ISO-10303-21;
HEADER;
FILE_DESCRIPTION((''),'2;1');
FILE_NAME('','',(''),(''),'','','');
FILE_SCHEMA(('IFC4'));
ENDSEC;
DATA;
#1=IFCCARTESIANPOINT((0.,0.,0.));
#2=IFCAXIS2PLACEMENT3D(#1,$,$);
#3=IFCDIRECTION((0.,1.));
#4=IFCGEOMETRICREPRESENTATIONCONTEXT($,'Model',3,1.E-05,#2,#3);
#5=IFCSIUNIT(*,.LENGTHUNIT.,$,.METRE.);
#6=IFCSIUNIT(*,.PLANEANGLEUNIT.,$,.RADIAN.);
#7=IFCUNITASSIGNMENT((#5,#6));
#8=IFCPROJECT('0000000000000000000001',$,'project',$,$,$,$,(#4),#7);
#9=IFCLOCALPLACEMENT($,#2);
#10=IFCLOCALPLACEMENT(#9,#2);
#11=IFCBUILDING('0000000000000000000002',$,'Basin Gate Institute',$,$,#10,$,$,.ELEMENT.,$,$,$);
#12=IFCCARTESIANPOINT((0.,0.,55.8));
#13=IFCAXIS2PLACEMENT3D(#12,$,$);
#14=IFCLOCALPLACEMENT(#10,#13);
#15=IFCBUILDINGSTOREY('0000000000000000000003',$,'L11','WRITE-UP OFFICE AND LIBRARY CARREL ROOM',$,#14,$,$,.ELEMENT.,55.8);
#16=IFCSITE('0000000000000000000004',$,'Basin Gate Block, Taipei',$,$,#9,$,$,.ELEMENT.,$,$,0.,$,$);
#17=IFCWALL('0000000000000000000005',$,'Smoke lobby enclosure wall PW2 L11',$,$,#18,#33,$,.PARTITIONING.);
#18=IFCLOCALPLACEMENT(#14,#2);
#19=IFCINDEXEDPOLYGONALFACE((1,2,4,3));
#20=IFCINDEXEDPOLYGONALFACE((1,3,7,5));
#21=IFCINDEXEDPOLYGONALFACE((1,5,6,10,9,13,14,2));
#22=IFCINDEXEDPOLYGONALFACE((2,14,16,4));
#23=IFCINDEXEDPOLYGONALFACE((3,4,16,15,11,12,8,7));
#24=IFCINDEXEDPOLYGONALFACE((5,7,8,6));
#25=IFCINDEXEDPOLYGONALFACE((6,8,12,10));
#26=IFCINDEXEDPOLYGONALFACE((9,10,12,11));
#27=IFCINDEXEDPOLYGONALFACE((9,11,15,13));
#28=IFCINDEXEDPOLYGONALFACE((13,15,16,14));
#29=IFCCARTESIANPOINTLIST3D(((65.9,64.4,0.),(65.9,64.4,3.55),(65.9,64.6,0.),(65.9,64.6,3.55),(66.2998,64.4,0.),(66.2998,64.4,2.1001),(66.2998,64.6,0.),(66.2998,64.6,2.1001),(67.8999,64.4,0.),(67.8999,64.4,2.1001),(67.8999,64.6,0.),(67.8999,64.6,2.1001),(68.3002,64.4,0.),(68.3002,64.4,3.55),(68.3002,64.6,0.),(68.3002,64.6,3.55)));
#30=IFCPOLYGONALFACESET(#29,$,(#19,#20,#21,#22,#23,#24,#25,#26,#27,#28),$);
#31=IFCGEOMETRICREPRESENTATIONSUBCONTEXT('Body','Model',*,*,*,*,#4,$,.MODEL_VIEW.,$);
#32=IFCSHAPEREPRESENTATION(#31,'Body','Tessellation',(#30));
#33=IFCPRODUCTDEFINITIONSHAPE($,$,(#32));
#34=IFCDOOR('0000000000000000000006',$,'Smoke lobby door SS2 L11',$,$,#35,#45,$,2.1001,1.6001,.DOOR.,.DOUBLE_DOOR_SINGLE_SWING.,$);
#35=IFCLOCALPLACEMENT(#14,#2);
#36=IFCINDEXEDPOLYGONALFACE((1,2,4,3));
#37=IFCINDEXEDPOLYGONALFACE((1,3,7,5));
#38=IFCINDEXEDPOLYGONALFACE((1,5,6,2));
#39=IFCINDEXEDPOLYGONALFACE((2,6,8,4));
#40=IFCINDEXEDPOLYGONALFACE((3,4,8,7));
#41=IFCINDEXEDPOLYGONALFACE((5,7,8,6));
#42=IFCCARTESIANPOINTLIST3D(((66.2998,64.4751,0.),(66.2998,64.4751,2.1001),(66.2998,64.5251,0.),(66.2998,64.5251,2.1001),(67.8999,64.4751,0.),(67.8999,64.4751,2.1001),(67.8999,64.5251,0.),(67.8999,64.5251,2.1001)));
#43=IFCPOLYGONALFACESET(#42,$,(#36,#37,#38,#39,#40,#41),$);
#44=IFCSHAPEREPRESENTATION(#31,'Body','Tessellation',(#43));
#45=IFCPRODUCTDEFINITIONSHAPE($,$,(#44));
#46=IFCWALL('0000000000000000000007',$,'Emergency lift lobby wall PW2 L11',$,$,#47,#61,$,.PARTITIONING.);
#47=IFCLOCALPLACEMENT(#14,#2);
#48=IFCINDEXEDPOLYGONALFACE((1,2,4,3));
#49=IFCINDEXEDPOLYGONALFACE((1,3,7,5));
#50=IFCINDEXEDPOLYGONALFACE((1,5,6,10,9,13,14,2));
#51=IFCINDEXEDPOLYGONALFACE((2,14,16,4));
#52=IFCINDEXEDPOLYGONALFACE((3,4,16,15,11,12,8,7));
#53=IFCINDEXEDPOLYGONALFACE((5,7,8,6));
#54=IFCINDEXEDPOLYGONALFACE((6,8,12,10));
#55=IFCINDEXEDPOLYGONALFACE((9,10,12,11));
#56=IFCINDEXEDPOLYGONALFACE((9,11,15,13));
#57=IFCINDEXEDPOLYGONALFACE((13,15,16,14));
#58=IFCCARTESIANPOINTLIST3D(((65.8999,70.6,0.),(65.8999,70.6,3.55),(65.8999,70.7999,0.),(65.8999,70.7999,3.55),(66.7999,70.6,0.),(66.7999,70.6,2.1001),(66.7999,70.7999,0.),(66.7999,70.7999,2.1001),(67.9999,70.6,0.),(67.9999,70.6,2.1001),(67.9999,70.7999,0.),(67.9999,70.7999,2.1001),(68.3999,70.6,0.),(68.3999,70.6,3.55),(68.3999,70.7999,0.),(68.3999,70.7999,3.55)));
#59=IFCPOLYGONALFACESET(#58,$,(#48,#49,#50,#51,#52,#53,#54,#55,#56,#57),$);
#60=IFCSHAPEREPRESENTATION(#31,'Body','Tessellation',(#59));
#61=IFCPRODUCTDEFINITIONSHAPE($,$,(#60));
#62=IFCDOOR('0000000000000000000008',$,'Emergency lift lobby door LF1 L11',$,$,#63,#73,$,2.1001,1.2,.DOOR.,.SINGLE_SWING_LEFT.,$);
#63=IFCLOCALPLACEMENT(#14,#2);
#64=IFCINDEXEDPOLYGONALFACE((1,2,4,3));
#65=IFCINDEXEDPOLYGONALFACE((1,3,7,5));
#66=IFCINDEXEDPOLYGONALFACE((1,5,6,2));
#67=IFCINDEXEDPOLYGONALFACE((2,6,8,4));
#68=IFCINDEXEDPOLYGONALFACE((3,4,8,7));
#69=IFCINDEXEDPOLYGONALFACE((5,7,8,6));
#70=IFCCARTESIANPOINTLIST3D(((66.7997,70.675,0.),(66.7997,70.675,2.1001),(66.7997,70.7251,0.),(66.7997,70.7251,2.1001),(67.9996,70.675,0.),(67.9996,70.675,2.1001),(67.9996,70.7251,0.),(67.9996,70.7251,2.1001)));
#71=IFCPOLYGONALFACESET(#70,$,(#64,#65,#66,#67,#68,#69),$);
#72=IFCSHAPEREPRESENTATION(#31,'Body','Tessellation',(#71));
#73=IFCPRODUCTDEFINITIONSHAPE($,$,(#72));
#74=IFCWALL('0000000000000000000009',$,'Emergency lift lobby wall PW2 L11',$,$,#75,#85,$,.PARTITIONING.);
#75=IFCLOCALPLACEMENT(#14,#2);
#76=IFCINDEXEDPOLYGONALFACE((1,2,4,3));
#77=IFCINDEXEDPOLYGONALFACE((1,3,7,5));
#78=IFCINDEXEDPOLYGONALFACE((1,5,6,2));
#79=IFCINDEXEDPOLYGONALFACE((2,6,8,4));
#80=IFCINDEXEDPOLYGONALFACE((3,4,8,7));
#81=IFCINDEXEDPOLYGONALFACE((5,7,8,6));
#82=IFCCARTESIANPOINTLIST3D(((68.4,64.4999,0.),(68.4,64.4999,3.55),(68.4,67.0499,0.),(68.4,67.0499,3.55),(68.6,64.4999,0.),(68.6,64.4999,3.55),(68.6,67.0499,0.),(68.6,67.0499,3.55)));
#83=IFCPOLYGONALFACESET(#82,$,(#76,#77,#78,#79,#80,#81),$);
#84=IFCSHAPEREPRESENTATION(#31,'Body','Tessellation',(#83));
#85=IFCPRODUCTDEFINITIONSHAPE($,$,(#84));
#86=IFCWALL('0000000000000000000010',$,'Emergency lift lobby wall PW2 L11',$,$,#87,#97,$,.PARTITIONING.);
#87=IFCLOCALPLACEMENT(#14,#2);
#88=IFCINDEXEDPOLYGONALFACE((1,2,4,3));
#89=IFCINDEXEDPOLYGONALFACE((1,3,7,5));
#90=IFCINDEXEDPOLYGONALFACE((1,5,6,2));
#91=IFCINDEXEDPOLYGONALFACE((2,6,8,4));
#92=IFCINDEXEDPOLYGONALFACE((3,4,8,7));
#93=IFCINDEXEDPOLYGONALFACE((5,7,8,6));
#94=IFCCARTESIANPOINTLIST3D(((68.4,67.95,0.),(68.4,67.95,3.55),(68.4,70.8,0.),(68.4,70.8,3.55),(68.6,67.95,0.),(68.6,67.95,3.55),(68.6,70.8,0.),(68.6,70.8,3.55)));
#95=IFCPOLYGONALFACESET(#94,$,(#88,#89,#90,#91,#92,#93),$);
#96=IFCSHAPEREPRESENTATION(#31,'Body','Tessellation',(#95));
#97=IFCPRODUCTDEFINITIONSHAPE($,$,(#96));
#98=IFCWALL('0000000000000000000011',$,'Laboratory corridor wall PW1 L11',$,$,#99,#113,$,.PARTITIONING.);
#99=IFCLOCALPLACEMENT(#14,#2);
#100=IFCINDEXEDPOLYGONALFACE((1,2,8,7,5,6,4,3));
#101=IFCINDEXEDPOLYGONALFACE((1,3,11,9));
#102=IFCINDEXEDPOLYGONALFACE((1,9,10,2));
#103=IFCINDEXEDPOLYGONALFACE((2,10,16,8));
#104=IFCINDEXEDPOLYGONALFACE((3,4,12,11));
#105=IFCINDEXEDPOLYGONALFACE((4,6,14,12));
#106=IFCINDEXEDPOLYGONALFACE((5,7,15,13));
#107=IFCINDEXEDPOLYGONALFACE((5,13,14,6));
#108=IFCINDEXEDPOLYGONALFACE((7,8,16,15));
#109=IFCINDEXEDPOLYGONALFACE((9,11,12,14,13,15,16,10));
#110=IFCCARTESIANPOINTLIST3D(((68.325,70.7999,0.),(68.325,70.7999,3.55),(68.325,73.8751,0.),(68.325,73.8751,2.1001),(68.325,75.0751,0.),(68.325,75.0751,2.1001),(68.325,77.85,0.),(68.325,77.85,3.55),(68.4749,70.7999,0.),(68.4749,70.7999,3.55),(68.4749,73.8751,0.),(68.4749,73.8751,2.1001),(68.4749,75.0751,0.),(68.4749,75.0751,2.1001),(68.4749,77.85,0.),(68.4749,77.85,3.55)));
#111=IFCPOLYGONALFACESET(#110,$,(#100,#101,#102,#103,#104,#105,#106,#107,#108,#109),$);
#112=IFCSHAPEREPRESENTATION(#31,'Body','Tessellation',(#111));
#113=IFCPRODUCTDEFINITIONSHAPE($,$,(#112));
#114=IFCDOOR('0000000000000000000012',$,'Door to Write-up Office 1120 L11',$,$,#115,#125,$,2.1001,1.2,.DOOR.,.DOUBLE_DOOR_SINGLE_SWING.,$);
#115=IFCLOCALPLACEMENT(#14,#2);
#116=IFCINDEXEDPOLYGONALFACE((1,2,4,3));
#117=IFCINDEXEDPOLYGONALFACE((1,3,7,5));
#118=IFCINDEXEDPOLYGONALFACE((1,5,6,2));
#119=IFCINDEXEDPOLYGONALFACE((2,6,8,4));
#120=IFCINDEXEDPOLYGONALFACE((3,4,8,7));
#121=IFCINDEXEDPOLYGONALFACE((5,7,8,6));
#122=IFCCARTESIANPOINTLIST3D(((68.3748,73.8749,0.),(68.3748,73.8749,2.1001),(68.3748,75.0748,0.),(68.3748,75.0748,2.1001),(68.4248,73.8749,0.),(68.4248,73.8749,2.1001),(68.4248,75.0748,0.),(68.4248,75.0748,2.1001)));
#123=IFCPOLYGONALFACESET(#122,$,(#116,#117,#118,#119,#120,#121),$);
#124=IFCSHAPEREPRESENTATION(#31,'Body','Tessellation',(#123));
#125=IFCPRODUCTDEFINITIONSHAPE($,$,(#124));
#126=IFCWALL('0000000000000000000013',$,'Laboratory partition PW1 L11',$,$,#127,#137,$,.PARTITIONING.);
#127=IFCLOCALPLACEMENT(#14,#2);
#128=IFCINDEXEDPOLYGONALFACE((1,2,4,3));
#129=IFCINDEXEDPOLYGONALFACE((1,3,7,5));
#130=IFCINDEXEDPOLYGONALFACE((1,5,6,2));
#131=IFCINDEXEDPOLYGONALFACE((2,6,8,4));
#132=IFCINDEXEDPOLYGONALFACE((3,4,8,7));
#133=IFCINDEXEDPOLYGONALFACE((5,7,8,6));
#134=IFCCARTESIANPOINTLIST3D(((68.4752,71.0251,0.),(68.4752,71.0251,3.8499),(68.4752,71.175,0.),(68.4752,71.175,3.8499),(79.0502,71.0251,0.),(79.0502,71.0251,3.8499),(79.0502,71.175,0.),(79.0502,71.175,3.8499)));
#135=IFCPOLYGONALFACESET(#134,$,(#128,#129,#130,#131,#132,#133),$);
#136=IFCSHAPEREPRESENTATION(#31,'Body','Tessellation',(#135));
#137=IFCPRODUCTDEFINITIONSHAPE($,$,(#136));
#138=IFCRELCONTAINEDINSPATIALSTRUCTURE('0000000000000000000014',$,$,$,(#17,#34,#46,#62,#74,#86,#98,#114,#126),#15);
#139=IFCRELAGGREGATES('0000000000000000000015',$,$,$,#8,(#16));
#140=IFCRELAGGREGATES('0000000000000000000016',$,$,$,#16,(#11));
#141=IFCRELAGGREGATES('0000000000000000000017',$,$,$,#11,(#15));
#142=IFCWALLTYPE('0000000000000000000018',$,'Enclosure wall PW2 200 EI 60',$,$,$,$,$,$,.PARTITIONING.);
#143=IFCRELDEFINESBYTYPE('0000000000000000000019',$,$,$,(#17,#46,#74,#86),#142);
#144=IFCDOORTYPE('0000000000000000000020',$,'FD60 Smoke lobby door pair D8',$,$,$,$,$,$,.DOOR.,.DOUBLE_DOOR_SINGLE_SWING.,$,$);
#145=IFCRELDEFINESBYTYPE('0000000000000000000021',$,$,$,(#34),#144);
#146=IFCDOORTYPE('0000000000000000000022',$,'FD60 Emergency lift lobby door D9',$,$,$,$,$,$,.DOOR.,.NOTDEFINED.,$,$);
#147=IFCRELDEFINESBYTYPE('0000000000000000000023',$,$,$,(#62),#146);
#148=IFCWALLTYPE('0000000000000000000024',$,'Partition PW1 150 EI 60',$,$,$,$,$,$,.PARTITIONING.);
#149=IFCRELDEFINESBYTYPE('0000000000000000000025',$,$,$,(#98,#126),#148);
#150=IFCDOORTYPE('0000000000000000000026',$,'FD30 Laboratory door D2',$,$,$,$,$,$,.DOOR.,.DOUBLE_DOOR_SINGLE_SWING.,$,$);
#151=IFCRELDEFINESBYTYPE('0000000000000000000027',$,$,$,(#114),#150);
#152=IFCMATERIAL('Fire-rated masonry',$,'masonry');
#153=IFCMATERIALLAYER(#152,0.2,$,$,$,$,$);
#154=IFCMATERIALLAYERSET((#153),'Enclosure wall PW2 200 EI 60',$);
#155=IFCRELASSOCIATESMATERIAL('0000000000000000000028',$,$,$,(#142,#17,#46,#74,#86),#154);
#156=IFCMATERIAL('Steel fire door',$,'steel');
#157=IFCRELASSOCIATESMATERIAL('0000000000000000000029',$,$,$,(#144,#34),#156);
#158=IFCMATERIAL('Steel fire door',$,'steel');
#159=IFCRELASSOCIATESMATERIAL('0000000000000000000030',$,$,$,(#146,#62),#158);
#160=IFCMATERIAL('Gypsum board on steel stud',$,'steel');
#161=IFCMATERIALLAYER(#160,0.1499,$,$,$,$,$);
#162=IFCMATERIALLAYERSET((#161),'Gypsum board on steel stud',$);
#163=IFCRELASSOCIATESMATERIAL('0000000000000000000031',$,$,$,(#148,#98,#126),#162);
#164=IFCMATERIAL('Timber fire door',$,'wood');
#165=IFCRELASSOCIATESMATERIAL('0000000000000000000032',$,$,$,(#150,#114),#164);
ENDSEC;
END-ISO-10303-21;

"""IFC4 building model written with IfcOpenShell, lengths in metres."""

from ifc_helpers import new_model, si_unit, direction, frame, frame_2d, origin, place, context, subcontext, project, spatial, rectangle, extrude, material, layer, layer_set, type_object, element, fill, save


model = new_model("IFC4")

# Units and contexts
model_context = context("Model", 3, precision=1e-05, world=origin(), true_north=direction((0.0, 1.0)))
body_context = subcontext(model_context, "Body", "Model", "MODEL_VIEW")
ifc_project = project(units=[si_unit("LENGTHUNIT", "METRE"), si_unit("PLANEANGLEUNIT", "RADIAN")], contexts=[model_context])

# Site, building, storey
site_placement = place(None, origin())
site = spatial("IfcSite", under=ifc_project, at=site_placement, Name="Basin Gate Block, Taipei", CompositionType="ELEMENT", RefElevation=0.0)
building_placement = place(site_placement, origin())
building = spatial("IfcBuilding", under=site, at=building_placement, Name="Basin Gate Institute", CompositionType="ELEMENT")
storey_placement = place(building_placement, frame((0.0, 0.0, 55.8)))
storey = spatial("IfcBuildingStorey", under=building, at=storey_placement, Name="L11", Description="WRITE-UP OFFICE AND LIBRARY CARREL ROOM", CompositionType="ELEMENT", Elevation=55.8)

# Walls, openings, doors
ifc_material_1 = material(Name="Fire-rated masonry", Category="masonry")
ifc_layer_1 = layer(ifc_material_1, 0.2)
ifc_layer_set_1 = layer_set([ifc_layer_1], Name="Enclosure wall PW2 200 EI 60")
wall_type_1 = type_object("IfcWallType", Name="Enclosure wall PW2 200 EI 60", PredefinedType="PARTITIONING", material=ifc_layer_set_1)
wall_1_placement = place(storey_placement, frame((65.8999, 64.5, 0.0), z_axis=(0.0, 0.0, 1.0), x_axis=(1.0, 0.0, 0.0)))
wall_1 = element("IfcWall", 1, at=wall_1_placement, inside=storey, type_object=wall_type_1, material=ifc_layer_set_1, Name="Smoke lobby enclosure wall PW2 L11", PredefinedType="PARTITIONING", context=body_context, shape_type="SweptSolid", body=[
    extrude(rectangle(XDim=2.4001, YDim=0.2, at=frame_2d((1.2002, 0.0))), origin(), (0.0, 0.0, 1.0), 3.55),
])
opening_1_placement = place(wall_1_placement, frame((0.3999, 0.0, 0.0)))
opening_1 = element("IfcOpeningElement", 2, at=opening_1_placement, cuts=wall_1, PredefinedType="OPENING", context=body_context, shape_type="SweptSolid", body=[
    extrude(rectangle(XDim=1.6001, YDim=2.1001, at=frame_2d((0.8, 1.05))), frame((0.0, 0.1099, 0.0), z_axis=(0.0, -1.0, 0.0), x_axis=(1.0, 0.0, 0.0)), (0.0, 0.0, 1.0), 0.22),
])
ifc_material_2 = material(Name="Steel fire door", Category="steel")
door_type_1 = type_object("IfcDoorType", Name="FD60 Smoke lobby door pair D8", OperationType="DOUBLE_DOOR_SINGLE_SWING", PredefinedType="DOOR", material=ifc_material_2)
door_1_placement = place(opening_1_placement, frame((1.6001, 0.0, 0.0), z_axis=(0.0, 0.0, 1.0), x_axis=(-1.0, 0.0, 0.0)))
door_1 = element("IfcDoor", 3, at=door_1_placement, inside=storey, type_object=door_type_1, material=ifc_material_2, Name="Smoke lobby door SS2 L11", OperationType="DOUBLE_DOOR_SINGLE_SWING", OverallHeight=2.1001, OverallWidth=1.6001, PredefinedType="DOOR", context=body_context, shape_type="SweptSolid", body=[
    extrude(rectangle(XDim=1.6001, YDim=2.1001, at=frame_2d((0.8, 1.05))), frame((0.0, 0.0249, 0.0), z_axis=(0.0, -1.0, 0.0), x_axis=(1.0, 0.0, 0.0)), (0.0, 0.0, 1.0), 0.05),
])
fill(opening_1, door_1)
wall_2_placement = place(storey_placement, frame((65.8999, 70.7, 0.0), z_axis=(0.0, 0.0, 1.0), x_axis=(1.0, 0.0, 0.0)))
wall_2 = element("IfcWall", 4, at=wall_2_placement, inside=storey, type_object=wall_type_1, material=ifc_layer_set_1, Name="Emergency lift lobby wall PW2 L11", PredefinedType="PARTITIONING", context=body_context, shape_type="SweptSolid", body=[
    extrude(rectangle(XDim=2.5, YDim=0.2, at=frame_2d((1.25, 0.0))), origin(), (0.0, 0.0, 1.0), 3.55),
])
opening_2_placement = place(wall_2_placement, frame((0.8999, 0.0, 0.0)))
opening_2 = element("IfcOpeningElement", 5, at=opening_2_placement, cuts=wall_2, PredefinedType="OPENING", context=body_context, shape_type="SweptSolid", body=[
    extrude(rectangle(XDim=1.2, YDim=2.1001, at=frame_2d((0.6001, 1.05))), frame((0.0, 0.1099, 0.0), z_axis=(0.0, -1.0, 0.0), x_axis=(1.0, 0.0, 0.0)), (0.0, 0.0, 1.0), 0.22),
])
ifc_material_3 = material(Name="Steel fire door", Category="steel")
door_type_2 = type_object("IfcDoorType", Name="FD60 Emergency lift lobby door D9", OperationType="NOTDEFINED", PredefinedType="DOOR", material=ifc_material_3)
door_2_placement = place(opening_2_placement, frame((1.2, 0.0, 0.0), z_axis=(0.0, 0.0, 1.0), x_axis=(-1.0, 0.0, 0.0)))
door_2 = element("IfcDoor", 6, at=door_2_placement, inside=storey, type_object=door_type_2, material=ifc_material_3, Name="Emergency lift lobby door LF1 L11", OperationType="SINGLE_SWING_LEFT", OverallHeight=2.1001, OverallWidth=1.2, PredefinedType="DOOR", context=body_context, shape_type="SweptSolid", body=[
    extrude(rectangle(XDim=1.2, YDim=2.1001, at=frame_2d((0.6001, 1.05))), frame((0.0, 0.0249, 0.0), z_axis=(0.0, -1.0, 0.0), x_axis=(1.0, 0.0, 0.0)), (0.0, 0.0, 1.0), 0.05),
])
fill(opening_2, door_2)

# Walls
wall_3_placement = place(storey_placement, frame((68.5, 64.5, 0.0), z_axis=(0.0, 0.0, 1.0), x_axis=(0.0, 1.0, 0.0)))
element("IfcWall", 7, at=wall_3_placement, inside=storey, type_object=wall_type_1, material=ifc_layer_set_1, Name="Emergency lift lobby wall PW2 L11", PredefinedType="PARTITIONING", context=body_context, shape_type="SweptSolid", body=[
    extrude(rectangle(XDim=2.55, YDim=0.2, at=frame_2d((1.2749, 0.0))), origin(), (0.0, 0.0, 1.0), 3.55),
])
wall_4_placement = place(storey_placement, frame((68.5, 67.95, 0.0), z_axis=(0.0, 0.0, 1.0), x_axis=(0.0, 1.0, 0.0)))
element("IfcWall", 8, at=wall_4_placement, inside=storey, type_object=wall_type_1, material=ifc_layer_set_1, Name="Emergency lift lobby wall PW2 L11", PredefinedType="PARTITIONING", context=body_context, shape_type="SweptSolid", body=[
    extrude(rectangle(XDim=2.8501, YDim=0.2, at=frame_2d((1.425, 0.0))), origin(), (0.0, 0.0, 1.0), 3.55),
])

# Wall, opening, door
ifc_material_4 = material(Name="Gypsum board on steel stud", Category="steel")
ifc_layer_2 = layer(ifc_material_4, 0.1499)
ifc_layer_set_2 = layer_set([ifc_layer_2], Name="Gypsum board on steel stud")
wall_type_2 = type_object("IfcWallType", Name="Partition PW1 150 EI 60", PredefinedType="PARTITIONING", material=ifc_layer_set_2)
wall_5_placement = place(storey_placement, frame((68.3999, 70.8, 0.0), z_axis=(0.0, 0.0, 1.0), x_axis=(0.0, 1.0, 0.0)))
wall_5 = element("IfcWall", 9, at=wall_5_placement, inside=storey, type_object=wall_type_2, material=ifc_layer_set_2, Name="Laboratory corridor wall PW1 L11", PredefinedType="PARTITIONING", context=body_context, shape_type="SweptSolid", body=[
    extrude(rectangle(XDim=7.05, YDim=0.1499, at=frame_2d((3.5249, 0.0))), origin(), (0.0, 0.0, 1.0), 3.55),
])
opening_3_placement = place(wall_5_placement, frame((3.075, 0.0, 0.0)))
opening_3 = element("IfcOpeningElement", 10, at=opening_3_placement, cuts=wall_5, PredefinedType="OPENING", context=body_context, shape_type="SweptSolid", body=[
    extrude(rectangle(XDim=1.2, YDim=2.1001, at=frame_2d((0.6001, 1.05))), frame((0.0, 0.085, 0.0), z_axis=(0.0, -1.0, 0.0), x_axis=(1.0, 0.0, 0.0)), (0.0, 0.0, 1.0), 0.1699),
])
ifc_material_5 = material(Name="Timber fire door", Category="wood")
door_type_3 = type_object("IfcDoorType", Name="FD30 Laboratory door D2", OperationType="DOUBLE_DOOR_SINGLE_SWING", PredefinedType="DOOR", material=ifc_material_5)
door_3_placement = place(opening_3_placement, frame((1.2, 0.0, 0.0), z_axis=(0.0, 0.0, 1.0), x_axis=(-1.0, 0.0, 0.0)))
door_3 = element("IfcDoor", 11, at=door_3_placement, inside=storey, type_object=door_type_3, material=ifc_material_5, Name="Door to Write-up Office 1120 L11", OperationType="DOUBLE_DOOR_SINGLE_SWING", OverallHeight=2.1001, OverallWidth=1.2, PredefinedType="DOOR", context=body_context, shape_type="SweptSolid", body=[
    extrude(rectangle(XDim=1.2, YDim=2.1001, at=frame_2d((0.6001, 1.05))), frame((0.0, 0.0249, 0.0), z_axis=(0.0, -1.0, 0.0), x_axis=(1.0, 0.0, 0.0)), (0.0, 0.0, 1.0), 0.05),
])
fill(opening_3, door_3)

# Wall
wall_6_placement = place(storey_placement, frame((68.4751, 71.1001, 0.0), z_axis=(0.0, 0.0, 1.0), x_axis=(1.0, 0.0, 0.0)))
element("IfcWall", 12, at=wall_6_placement, inside=storey, type_object=wall_type_2, material=ifc_layer_set_2, Name="Laboratory partition PW1 L11", PredefinedType="PARTITIONING", context=body_context, shape_type="SweptSolid", body=[
    extrude(rectangle(XDim=10.575, YDim=0.1499, at=frame_2d((5.2876, 0.0))), origin(), (0.0, 0.0, 1.0), 3.8499),
])

save(model, "model.ifc")
